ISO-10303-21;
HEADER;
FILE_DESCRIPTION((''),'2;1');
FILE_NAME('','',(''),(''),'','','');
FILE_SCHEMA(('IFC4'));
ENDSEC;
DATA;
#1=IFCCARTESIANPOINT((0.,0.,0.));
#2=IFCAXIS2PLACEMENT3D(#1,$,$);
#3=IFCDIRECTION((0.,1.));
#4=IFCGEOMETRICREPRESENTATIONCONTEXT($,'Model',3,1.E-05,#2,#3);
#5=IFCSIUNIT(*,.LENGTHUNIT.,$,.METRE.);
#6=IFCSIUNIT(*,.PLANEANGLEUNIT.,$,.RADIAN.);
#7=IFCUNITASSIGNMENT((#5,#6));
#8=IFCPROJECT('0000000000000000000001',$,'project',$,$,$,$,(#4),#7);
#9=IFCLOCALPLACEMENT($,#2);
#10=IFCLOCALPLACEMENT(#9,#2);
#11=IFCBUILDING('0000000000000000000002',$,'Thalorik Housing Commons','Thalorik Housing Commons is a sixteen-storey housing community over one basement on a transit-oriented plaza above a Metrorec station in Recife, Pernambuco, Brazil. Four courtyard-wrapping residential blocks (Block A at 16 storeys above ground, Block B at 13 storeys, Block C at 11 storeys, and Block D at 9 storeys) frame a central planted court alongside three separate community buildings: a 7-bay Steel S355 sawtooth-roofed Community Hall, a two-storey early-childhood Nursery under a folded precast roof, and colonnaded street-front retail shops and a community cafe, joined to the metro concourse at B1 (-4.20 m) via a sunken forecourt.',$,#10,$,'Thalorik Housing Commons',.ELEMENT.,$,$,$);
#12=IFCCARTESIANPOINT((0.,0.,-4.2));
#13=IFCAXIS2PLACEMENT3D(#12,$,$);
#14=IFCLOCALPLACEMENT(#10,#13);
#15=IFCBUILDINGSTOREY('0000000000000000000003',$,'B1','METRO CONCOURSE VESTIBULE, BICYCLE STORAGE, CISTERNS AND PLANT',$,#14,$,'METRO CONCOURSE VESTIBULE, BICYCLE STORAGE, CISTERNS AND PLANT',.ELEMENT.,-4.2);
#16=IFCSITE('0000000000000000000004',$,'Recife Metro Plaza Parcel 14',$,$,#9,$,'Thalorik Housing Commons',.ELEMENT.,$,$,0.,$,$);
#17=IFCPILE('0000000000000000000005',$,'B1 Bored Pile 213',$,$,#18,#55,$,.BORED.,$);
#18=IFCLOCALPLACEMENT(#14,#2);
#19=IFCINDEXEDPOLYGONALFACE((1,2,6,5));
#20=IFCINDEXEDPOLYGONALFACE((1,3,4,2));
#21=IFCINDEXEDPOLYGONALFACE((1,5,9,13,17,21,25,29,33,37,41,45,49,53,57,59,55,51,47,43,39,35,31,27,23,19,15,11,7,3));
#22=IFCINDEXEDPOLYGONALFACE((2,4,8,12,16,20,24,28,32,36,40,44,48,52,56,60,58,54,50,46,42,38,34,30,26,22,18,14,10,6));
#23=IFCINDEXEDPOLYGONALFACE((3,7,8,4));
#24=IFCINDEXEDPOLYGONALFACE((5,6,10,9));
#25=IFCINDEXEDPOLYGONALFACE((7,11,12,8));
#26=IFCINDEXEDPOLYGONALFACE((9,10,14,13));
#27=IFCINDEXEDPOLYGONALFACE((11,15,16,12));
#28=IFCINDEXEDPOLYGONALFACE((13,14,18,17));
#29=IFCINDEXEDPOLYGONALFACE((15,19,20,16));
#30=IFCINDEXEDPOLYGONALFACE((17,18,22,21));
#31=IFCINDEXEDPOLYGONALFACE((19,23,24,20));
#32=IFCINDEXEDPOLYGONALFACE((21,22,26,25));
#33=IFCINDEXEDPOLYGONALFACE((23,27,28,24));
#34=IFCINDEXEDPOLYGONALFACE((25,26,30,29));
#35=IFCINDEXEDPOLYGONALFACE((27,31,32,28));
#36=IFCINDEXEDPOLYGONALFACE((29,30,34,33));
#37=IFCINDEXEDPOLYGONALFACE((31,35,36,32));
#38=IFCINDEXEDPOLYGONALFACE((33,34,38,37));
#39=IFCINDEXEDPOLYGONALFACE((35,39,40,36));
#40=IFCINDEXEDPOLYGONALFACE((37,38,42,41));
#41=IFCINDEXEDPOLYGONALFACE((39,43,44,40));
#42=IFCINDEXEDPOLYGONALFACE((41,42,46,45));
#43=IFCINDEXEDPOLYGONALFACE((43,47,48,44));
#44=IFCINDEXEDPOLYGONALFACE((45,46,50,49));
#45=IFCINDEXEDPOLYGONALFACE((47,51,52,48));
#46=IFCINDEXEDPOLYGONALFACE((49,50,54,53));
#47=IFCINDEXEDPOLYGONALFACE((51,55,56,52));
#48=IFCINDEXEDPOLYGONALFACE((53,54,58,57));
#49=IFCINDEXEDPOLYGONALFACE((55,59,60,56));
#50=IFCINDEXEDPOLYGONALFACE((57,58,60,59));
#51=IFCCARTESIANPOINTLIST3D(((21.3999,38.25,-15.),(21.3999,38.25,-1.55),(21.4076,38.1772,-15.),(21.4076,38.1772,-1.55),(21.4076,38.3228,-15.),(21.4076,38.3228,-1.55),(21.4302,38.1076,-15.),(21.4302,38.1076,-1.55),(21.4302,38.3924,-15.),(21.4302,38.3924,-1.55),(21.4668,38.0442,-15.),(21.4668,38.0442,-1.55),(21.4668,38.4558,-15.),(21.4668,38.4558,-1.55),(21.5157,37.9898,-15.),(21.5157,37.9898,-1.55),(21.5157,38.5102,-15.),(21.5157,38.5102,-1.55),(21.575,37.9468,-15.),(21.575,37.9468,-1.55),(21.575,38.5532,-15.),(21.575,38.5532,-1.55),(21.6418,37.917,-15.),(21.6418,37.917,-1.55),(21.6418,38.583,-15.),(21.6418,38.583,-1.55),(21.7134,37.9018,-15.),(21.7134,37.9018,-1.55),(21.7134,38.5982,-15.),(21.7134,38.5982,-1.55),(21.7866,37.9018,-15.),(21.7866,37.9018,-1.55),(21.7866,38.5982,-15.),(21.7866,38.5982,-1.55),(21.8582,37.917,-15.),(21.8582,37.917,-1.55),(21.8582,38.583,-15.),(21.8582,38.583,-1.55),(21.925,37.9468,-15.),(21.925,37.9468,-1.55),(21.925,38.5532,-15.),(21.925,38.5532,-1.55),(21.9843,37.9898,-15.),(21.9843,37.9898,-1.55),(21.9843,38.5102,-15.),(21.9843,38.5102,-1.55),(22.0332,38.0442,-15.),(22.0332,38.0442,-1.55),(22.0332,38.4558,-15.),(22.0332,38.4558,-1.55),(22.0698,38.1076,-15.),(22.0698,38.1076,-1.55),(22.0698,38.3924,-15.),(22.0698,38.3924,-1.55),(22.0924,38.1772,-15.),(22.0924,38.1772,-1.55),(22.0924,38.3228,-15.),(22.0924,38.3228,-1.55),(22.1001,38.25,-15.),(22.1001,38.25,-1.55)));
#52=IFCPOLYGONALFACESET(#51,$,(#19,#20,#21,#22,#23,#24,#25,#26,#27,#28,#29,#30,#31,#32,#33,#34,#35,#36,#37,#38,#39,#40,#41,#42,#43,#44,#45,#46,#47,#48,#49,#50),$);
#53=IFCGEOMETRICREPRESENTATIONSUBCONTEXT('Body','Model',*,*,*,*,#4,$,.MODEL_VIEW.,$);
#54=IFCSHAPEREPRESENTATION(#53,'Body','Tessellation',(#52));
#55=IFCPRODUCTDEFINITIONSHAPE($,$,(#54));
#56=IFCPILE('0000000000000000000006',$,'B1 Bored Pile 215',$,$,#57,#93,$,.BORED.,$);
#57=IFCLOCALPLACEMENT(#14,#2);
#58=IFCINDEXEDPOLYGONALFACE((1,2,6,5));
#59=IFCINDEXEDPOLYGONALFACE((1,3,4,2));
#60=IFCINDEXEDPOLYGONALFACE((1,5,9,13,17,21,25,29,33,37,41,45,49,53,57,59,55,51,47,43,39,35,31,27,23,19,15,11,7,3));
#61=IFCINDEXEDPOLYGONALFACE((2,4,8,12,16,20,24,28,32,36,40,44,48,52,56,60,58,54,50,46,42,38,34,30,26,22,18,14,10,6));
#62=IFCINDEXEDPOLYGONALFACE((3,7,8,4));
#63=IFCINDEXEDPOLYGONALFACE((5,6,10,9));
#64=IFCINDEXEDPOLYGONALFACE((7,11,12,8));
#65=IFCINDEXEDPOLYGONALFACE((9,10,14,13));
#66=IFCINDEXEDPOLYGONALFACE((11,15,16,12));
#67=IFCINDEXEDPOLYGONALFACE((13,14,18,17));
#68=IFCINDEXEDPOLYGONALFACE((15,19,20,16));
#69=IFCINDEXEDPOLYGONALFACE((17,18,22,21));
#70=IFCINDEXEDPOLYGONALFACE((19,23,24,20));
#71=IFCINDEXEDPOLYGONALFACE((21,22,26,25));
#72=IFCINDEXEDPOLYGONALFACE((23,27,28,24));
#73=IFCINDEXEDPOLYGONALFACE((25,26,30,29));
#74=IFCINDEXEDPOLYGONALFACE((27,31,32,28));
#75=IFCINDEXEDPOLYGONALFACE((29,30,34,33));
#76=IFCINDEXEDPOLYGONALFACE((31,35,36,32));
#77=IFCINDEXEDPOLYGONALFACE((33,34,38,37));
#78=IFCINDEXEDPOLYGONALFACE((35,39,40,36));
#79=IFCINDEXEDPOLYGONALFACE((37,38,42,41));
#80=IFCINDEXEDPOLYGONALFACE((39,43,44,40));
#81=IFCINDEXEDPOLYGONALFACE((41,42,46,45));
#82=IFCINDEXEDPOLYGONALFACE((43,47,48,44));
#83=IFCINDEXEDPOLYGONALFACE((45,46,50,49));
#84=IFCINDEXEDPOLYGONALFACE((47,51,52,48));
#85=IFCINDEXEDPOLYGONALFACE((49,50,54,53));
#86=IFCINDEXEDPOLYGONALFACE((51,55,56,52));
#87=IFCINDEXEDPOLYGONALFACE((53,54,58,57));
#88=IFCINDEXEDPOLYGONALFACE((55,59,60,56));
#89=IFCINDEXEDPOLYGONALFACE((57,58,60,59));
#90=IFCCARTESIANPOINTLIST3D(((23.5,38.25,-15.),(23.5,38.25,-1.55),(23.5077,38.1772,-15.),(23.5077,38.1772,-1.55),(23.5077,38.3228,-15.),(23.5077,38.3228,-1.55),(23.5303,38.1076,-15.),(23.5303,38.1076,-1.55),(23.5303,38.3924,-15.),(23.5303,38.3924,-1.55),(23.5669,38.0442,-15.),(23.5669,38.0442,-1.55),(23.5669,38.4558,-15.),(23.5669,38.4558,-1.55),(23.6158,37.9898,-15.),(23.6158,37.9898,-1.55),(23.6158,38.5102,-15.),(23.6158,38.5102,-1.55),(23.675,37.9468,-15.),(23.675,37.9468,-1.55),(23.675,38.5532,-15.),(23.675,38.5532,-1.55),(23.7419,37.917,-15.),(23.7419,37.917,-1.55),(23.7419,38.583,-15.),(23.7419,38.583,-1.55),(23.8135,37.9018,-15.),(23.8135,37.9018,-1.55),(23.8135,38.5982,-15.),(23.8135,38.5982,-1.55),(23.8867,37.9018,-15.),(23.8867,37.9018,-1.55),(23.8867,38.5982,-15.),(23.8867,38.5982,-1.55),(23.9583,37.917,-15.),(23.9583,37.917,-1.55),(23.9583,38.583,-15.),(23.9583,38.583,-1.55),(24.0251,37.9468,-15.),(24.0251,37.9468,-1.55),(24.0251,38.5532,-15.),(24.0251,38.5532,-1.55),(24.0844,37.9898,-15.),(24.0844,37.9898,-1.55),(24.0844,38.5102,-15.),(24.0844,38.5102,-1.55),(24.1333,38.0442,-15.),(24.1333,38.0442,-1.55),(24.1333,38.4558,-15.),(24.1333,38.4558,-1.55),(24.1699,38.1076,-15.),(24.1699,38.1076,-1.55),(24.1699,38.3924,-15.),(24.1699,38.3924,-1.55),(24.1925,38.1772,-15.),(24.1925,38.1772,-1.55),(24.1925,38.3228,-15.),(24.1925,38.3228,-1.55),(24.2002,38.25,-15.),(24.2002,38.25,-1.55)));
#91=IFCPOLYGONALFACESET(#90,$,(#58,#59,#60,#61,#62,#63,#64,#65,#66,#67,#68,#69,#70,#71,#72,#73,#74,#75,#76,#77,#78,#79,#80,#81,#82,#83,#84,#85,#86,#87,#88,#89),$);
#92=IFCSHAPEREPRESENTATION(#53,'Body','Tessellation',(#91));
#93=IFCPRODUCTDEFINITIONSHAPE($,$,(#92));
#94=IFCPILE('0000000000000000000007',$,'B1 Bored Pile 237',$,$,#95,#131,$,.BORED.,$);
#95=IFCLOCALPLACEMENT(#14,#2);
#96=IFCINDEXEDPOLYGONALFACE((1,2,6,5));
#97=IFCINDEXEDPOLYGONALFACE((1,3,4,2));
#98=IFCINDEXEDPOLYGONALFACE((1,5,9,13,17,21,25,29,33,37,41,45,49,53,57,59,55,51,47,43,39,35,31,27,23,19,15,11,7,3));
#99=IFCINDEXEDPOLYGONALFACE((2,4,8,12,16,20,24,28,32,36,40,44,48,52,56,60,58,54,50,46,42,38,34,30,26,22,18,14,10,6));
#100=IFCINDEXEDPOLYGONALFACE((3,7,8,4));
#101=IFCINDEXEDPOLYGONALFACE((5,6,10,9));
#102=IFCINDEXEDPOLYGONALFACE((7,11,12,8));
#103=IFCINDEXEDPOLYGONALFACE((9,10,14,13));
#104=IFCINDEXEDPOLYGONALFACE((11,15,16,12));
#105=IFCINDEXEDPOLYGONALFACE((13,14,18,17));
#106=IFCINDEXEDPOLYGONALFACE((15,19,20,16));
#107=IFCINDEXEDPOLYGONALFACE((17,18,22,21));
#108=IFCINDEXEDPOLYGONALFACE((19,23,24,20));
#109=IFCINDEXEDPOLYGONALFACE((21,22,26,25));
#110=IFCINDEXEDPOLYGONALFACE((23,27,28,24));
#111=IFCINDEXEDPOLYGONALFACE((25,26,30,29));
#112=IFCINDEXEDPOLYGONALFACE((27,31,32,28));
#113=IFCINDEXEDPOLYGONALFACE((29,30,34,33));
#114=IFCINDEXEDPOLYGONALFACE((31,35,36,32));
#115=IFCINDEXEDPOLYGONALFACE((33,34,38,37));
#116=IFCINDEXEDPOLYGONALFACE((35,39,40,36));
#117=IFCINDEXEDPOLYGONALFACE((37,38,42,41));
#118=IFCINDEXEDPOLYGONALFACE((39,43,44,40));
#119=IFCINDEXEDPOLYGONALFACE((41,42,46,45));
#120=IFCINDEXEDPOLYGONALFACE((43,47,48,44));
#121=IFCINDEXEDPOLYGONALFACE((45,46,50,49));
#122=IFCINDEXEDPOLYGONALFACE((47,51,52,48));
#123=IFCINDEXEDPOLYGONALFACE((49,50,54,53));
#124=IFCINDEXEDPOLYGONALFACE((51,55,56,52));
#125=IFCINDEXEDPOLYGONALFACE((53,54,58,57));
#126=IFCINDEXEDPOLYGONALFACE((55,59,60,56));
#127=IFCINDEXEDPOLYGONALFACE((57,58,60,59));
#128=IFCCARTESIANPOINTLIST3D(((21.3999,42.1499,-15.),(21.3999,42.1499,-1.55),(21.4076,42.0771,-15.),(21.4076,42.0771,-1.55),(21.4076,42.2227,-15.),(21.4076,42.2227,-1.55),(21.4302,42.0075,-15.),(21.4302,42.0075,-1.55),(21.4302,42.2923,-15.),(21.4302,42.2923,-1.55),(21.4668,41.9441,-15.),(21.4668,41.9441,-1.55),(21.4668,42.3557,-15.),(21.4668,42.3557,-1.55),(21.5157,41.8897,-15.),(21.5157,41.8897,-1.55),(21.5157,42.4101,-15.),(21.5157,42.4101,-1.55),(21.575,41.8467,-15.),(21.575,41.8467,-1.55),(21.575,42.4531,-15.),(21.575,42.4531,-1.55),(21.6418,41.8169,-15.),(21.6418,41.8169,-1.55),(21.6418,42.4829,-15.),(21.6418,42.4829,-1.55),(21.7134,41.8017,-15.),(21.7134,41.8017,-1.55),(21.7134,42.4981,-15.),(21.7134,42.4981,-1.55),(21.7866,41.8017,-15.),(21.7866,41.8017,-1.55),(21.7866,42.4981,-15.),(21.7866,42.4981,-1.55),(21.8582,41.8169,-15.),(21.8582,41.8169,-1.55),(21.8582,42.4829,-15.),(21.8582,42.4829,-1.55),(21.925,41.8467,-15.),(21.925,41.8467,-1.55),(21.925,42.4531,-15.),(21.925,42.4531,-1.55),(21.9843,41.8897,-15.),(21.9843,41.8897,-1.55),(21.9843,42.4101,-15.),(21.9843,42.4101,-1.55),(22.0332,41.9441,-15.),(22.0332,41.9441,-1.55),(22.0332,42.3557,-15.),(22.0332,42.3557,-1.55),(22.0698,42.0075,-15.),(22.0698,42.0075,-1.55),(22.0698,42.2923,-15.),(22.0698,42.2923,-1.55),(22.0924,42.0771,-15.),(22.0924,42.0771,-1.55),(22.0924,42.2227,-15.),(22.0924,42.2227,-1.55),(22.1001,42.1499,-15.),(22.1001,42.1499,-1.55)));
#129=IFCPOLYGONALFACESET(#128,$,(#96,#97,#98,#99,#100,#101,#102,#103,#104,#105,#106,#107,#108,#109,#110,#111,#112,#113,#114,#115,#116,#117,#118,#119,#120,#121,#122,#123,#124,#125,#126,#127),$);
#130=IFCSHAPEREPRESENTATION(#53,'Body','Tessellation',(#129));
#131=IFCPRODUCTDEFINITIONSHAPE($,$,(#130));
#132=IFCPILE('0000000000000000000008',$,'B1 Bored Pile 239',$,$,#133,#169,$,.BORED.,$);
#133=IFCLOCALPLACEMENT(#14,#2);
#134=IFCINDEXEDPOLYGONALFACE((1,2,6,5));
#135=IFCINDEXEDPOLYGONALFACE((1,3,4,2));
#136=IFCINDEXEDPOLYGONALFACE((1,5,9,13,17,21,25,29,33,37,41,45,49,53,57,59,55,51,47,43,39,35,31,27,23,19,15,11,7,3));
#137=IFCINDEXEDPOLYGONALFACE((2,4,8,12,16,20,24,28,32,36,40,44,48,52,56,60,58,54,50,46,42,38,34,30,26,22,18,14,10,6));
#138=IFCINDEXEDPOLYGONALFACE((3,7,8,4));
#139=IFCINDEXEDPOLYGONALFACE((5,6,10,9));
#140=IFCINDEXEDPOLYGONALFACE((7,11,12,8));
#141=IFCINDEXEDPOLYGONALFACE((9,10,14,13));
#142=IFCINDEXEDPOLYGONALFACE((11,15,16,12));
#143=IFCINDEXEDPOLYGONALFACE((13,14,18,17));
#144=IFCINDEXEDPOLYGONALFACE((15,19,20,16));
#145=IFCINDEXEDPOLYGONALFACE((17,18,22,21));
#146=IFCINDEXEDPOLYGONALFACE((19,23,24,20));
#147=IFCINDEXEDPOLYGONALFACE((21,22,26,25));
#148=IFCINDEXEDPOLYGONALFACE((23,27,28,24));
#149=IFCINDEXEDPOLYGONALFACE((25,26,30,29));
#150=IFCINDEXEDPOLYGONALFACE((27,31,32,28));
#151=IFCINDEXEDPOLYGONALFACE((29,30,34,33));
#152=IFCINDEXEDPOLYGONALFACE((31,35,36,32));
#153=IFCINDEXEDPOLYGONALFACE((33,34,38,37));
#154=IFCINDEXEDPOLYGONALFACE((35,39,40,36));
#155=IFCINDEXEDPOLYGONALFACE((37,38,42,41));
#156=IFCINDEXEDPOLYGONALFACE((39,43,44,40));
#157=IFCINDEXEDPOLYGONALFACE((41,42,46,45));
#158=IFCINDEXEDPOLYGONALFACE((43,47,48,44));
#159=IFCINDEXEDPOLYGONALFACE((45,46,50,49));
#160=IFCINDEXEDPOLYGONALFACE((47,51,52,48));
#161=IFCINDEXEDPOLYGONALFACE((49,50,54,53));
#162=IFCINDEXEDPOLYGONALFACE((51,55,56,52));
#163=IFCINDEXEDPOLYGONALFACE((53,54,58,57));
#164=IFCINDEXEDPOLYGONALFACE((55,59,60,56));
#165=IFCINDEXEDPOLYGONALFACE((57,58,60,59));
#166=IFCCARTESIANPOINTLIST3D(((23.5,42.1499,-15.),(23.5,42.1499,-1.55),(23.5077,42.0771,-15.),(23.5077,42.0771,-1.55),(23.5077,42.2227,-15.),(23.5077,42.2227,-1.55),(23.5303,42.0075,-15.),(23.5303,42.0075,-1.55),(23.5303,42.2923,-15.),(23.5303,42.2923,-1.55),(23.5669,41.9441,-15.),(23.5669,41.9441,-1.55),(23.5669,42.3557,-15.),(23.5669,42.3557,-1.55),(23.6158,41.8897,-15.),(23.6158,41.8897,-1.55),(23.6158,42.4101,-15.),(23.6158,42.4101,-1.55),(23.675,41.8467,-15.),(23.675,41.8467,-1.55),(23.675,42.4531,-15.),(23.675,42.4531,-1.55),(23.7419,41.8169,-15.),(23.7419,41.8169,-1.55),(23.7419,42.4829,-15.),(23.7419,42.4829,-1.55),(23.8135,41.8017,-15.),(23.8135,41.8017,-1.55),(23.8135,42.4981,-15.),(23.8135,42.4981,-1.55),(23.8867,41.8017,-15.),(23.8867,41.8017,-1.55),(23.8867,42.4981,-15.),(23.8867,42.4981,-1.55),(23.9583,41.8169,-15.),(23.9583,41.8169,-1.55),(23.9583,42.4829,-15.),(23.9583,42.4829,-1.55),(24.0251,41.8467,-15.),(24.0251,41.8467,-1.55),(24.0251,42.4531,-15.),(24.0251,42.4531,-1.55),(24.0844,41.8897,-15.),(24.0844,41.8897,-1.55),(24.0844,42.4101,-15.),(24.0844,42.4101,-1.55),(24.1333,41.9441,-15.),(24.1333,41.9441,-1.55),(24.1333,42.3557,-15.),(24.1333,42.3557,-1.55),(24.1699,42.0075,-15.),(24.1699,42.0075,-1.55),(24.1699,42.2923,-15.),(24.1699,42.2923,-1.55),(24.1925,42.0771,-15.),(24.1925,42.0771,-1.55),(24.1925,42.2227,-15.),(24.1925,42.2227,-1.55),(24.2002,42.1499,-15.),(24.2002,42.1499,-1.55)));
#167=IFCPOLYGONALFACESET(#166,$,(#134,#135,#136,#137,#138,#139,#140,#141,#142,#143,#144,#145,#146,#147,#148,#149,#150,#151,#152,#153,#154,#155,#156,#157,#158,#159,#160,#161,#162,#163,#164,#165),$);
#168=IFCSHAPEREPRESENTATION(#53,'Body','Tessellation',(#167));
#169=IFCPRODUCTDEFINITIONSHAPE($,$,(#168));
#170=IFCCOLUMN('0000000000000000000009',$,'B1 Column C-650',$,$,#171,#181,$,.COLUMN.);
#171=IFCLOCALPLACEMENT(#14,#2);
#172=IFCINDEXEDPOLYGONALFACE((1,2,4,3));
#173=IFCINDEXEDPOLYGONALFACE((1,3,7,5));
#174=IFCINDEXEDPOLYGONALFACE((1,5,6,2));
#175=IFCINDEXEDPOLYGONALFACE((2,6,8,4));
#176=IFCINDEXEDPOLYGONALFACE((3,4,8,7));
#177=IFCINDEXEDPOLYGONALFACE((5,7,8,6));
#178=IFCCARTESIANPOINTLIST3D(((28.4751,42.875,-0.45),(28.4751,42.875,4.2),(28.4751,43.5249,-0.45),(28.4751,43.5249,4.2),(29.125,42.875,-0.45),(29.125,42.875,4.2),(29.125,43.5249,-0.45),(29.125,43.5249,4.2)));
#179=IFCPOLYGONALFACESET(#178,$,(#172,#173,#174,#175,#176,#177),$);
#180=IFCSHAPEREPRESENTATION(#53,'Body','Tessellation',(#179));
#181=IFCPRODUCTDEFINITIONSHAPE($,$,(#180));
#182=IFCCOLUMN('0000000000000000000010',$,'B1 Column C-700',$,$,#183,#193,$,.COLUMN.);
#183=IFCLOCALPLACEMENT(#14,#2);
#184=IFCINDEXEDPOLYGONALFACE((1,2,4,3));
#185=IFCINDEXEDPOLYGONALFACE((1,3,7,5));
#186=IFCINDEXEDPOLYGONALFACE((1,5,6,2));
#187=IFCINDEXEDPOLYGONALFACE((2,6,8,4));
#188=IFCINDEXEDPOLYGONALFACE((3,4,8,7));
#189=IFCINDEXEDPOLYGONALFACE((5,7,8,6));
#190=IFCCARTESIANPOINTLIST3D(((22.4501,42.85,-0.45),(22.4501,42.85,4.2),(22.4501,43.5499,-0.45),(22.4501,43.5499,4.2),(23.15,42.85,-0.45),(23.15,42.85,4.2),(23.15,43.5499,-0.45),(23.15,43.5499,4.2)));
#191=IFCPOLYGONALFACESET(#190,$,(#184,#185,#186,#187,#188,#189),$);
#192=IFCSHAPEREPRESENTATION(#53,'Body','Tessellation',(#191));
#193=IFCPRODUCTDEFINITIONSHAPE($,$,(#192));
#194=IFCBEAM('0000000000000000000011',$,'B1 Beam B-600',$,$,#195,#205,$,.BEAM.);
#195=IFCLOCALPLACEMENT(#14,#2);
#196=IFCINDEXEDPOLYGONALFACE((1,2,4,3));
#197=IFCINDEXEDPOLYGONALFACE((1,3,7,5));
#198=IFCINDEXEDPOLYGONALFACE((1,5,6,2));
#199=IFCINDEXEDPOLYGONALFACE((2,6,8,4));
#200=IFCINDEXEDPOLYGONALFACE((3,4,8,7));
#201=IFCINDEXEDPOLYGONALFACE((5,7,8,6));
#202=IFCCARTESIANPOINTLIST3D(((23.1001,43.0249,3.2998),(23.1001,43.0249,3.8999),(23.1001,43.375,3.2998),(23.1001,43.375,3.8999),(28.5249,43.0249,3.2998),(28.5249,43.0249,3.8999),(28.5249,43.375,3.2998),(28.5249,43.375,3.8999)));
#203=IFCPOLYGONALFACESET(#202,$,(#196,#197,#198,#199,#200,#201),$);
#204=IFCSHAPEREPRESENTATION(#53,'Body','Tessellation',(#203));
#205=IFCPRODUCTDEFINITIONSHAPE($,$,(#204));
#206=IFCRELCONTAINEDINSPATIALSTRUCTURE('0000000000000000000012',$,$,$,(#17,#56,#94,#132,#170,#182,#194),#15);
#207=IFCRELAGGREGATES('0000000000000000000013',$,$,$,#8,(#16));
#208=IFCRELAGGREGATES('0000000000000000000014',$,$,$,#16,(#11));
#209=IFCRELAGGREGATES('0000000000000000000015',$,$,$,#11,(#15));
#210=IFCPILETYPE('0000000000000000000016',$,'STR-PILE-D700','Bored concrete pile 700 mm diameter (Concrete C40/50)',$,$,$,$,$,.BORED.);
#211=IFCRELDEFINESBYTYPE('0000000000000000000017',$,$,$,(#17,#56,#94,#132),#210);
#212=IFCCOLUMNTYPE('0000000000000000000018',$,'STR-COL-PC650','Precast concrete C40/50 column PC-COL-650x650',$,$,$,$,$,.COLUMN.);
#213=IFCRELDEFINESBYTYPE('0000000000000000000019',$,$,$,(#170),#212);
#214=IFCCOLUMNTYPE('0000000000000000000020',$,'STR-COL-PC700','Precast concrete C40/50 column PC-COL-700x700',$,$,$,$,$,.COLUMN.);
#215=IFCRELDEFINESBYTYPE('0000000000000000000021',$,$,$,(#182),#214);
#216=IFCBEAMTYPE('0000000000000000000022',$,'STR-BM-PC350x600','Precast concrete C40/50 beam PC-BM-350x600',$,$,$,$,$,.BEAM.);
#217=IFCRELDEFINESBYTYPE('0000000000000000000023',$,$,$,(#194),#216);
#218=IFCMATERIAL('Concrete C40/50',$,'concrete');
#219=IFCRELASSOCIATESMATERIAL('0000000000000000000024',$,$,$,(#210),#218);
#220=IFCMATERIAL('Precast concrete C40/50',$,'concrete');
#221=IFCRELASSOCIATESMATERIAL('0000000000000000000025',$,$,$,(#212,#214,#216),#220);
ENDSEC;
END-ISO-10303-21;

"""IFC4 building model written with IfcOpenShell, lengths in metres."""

from ifc_helpers import new_model, si_unit, direction, frame, origin, origin_2d, place, context, subcontext, project, spatial, rectangle, circle, extrude, material, material_profile, profile_set, type_object, element, save


model = new_model("IFC4")

# Units and contexts
model_context = context("Model", 3, precision=1e-05, world=origin(), true_north=direction((0.0, 1.0)))
body_context = subcontext(model_context, "Body", "Model", "MODEL_VIEW")
ifc_project = project(units=[si_unit("LENGTHUNIT", "METRE"), si_unit("PLANEANGLEUNIT", "RADIAN")], contexts=[model_context])

# Site, building, storey
site_placement = place(None, origin())
site = spatial("IfcSite", under=ifc_project, at=site_placement, Name="Recife Metro Plaza Parcel 14", LongName="Thalorik Housing Commons", CompositionType="ELEMENT", RefElevation=0.0)
building_placement = place(site_placement, origin())
building = spatial("IfcBuilding", under=site, at=building_placement, Name="Thalorik Housing Commons", Description="Thalorik Housing Commons is a sixteen-storey housing community over one basement on a transit-oriented plaza above a Metrorec station in Recife, Pernambuco, Brazil. Four courtyard-wrapping residential blocks (Block A at 16 storeys above ground, Block B at 13 storeys, Block C at 11 storeys, and Block D at 9 storeys) frame a central planted court alongside three separate community buildings: a 7-bay Steel S355 sawtooth-roofed Community Hall, a two-storey early-childhood Nursery under a folded precast roof, and colonnaded street-front retail shops and a community cafe, joined to the metro concourse at B1 (-4.20 m) via a sunken forecourt.", LongName="Thalorik Housing Commons", CompositionType="ELEMENT")
storey_placement = place(building_placement, frame((0.0, 0.0, -4.2)))
storey = spatial("IfcBuildingStorey", under=building, at=storey_placement, Name="B1", Description="METRO CONCOURSE VESTIBULE, BICYCLE STORAGE, CISTERNS AND PLANT", LongName="METRO CONCOURSE VESTIBULE, BICYCLE STORAGE, CISTERNS AND PLANT", CompositionType="ELEMENT", Elevation=-4.2)

# Shared definitions
ifc_material_1 = material(Name="Concrete C40/50", Category="concrete")

# Piles
ifc_material_profile_1 = material_profile(ifc_material_1, circle(Radius=0.3501, at=origin_2d()), Name="BORED PILE D700", Category="concrete")
ifc_profile_set_1 = profile_set([ifc_material_profile_1], Name="Concrete C40/50")
pile_type_1 = type_object("IfcPileType", Name="STR-PILE-D700", Description="Bored concrete pile 700 mm diameter (Concrete C40/50)", PredefinedType="BORED", material=ifc_profile_set_1)
for number, where, z_axis, x_axis, name in (
    (1, (21.75, 38.25, -1.55), (0.0, 0.0, -1.0), (1.0, 0.0, 0.0), "B1 Bored Pile 213"),
    (2, (23.8501, 38.25, -1.55), (0.0, 0.0, -1.0), (1.0, 0.0, 0.0), "B1 Bored Pile 215"),
    (3, (21.75, 42.1499, -1.55), (0.0, 0.0, -1.0), (1.0, 0.0, 0.0), "B1 Bored Pile 237"),
    (4, (23.8501, 42.1499, -1.55), (0.0, 0.0, -1.0), (1.0, 0.0, 0.0), "B1 Bored Pile 239"),
):
    element("IfcPile", number, at=place(storey_placement, frame(where, z_axis=z_axis, x_axis=x_axis)), inside=storey, type_object=pile_type_1, Name=name, PredefinedType="BORED", context=body_context, shape_type="SweptSolid", body=[
        extrude(circle(Radius=0.3501, at=origin_2d()), origin(), (0.0, 0.0, 1.0), 13.45),
    ])

# Columns
ifc_material_2 = material(Name="Precast concrete C40/50", Category="concrete")
ifc_material_profile_2 = material_profile(ifc_material_2, rectangle(XDim=0.6499, YDim=0.6499, at=origin_2d()), Name="PC 650x650", Category="concrete")
ifc_profile_set_2 = profile_set([ifc_material_profile_2], Name="Precast concrete C40/50")
column_type_1 = type_object("IfcColumnType", Name="STR-COL-PC650", Description="Precast concrete C40/50 column PC-COL-650x650", PredefinedType="COLUMN", material=ifc_profile_set_2)
column_1_placement = place(storey_placement, frame((28.8, 43.2, -0.45), z_axis=(0.0, 0.0, 1.0), x_axis=(1.0, 0.0, 0.0)))
element("IfcColumn", 5, at=column_1_placement, inside=storey, type_object=column_type_1, Name="B1 Column C-650", PredefinedType="COLUMN", context=body_context, shape_type="SweptSolid", body=[
    extrude(rectangle(XDim=0.6499, YDim=0.6499, at=origin_2d()), origin(), (0.0, 0.0, 1.0), 4.6499),
])
ifc_material_profile_3 = material_profile(ifc_material_2, rectangle(XDim=0.7, YDim=0.7, at=origin_2d()), Name="PC 700x700", Category="concrete")
ifc_profile_set_3 = profile_set([ifc_material_profile_3], Name="Precast concrete C40/50")
column_type_2 = type_object("IfcColumnType", Name="STR-COL-PC700", Description="Precast concrete C40/50 column PC-COL-700x700", PredefinedType="COLUMN", material=ifc_profile_set_3)
column_2_placement = place(storey_placement, frame((22.8, 43.2, -0.45), z_axis=(0.0, 0.0, 1.0), x_axis=(1.0, 0.0, 0.0)))
element("IfcColumn", 6, at=column_2_placement, inside=storey, type_object=column_type_2, Name="B1 Column C-700", PredefinedType="COLUMN", context=body_context, shape_type="SweptSolid", body=[
    extrude(rectangle(XDim=0.7, YDim=0.7, at=origin_2d()), origin(), (0.0, 0.0, 1.0), 4.6499),
])

# Beam
ifc_material_profile_4 = material_profile(ifc_material_2, rectangle(XDim=0.3501, YDim=0.6001, at=origin_2d()), Name="PC 350x600", Category="concrete")
ifc_profile_set_4 = profile_set([ifc_material_profile_4], Name="Precast concrete C40/50")
beam_type_1 = type_object("IfcBeamType", Name="STR-BM-PC350x600", Description="Precast concrete C40/50 beam PC-BM-350x600", PredefinedType="BEAM", material=ifc_profile_set_4)
beam_1_placement = place(storey_placement, frame((23.1001, 43.2, 3.5999), z_axis=(1.0, 0.0, 0.0), x_axis=(0.0, 1.0, 0.0)))
element("IfcBeam", 7, at=beam_1_placement, inside=storey, type_object=beam_type_1, Name="B1 Beam B-600", PredefinedType="BEAM", context=body_context, shape_type="SweptSolid", body=[
    extrude(rectangle(XDim=0.3501, YDim=0.6001, at=origin_2d()), origin(), (0.0, 0.0, 1.0), 5.4248),
])

save(model, "model.ifc")
